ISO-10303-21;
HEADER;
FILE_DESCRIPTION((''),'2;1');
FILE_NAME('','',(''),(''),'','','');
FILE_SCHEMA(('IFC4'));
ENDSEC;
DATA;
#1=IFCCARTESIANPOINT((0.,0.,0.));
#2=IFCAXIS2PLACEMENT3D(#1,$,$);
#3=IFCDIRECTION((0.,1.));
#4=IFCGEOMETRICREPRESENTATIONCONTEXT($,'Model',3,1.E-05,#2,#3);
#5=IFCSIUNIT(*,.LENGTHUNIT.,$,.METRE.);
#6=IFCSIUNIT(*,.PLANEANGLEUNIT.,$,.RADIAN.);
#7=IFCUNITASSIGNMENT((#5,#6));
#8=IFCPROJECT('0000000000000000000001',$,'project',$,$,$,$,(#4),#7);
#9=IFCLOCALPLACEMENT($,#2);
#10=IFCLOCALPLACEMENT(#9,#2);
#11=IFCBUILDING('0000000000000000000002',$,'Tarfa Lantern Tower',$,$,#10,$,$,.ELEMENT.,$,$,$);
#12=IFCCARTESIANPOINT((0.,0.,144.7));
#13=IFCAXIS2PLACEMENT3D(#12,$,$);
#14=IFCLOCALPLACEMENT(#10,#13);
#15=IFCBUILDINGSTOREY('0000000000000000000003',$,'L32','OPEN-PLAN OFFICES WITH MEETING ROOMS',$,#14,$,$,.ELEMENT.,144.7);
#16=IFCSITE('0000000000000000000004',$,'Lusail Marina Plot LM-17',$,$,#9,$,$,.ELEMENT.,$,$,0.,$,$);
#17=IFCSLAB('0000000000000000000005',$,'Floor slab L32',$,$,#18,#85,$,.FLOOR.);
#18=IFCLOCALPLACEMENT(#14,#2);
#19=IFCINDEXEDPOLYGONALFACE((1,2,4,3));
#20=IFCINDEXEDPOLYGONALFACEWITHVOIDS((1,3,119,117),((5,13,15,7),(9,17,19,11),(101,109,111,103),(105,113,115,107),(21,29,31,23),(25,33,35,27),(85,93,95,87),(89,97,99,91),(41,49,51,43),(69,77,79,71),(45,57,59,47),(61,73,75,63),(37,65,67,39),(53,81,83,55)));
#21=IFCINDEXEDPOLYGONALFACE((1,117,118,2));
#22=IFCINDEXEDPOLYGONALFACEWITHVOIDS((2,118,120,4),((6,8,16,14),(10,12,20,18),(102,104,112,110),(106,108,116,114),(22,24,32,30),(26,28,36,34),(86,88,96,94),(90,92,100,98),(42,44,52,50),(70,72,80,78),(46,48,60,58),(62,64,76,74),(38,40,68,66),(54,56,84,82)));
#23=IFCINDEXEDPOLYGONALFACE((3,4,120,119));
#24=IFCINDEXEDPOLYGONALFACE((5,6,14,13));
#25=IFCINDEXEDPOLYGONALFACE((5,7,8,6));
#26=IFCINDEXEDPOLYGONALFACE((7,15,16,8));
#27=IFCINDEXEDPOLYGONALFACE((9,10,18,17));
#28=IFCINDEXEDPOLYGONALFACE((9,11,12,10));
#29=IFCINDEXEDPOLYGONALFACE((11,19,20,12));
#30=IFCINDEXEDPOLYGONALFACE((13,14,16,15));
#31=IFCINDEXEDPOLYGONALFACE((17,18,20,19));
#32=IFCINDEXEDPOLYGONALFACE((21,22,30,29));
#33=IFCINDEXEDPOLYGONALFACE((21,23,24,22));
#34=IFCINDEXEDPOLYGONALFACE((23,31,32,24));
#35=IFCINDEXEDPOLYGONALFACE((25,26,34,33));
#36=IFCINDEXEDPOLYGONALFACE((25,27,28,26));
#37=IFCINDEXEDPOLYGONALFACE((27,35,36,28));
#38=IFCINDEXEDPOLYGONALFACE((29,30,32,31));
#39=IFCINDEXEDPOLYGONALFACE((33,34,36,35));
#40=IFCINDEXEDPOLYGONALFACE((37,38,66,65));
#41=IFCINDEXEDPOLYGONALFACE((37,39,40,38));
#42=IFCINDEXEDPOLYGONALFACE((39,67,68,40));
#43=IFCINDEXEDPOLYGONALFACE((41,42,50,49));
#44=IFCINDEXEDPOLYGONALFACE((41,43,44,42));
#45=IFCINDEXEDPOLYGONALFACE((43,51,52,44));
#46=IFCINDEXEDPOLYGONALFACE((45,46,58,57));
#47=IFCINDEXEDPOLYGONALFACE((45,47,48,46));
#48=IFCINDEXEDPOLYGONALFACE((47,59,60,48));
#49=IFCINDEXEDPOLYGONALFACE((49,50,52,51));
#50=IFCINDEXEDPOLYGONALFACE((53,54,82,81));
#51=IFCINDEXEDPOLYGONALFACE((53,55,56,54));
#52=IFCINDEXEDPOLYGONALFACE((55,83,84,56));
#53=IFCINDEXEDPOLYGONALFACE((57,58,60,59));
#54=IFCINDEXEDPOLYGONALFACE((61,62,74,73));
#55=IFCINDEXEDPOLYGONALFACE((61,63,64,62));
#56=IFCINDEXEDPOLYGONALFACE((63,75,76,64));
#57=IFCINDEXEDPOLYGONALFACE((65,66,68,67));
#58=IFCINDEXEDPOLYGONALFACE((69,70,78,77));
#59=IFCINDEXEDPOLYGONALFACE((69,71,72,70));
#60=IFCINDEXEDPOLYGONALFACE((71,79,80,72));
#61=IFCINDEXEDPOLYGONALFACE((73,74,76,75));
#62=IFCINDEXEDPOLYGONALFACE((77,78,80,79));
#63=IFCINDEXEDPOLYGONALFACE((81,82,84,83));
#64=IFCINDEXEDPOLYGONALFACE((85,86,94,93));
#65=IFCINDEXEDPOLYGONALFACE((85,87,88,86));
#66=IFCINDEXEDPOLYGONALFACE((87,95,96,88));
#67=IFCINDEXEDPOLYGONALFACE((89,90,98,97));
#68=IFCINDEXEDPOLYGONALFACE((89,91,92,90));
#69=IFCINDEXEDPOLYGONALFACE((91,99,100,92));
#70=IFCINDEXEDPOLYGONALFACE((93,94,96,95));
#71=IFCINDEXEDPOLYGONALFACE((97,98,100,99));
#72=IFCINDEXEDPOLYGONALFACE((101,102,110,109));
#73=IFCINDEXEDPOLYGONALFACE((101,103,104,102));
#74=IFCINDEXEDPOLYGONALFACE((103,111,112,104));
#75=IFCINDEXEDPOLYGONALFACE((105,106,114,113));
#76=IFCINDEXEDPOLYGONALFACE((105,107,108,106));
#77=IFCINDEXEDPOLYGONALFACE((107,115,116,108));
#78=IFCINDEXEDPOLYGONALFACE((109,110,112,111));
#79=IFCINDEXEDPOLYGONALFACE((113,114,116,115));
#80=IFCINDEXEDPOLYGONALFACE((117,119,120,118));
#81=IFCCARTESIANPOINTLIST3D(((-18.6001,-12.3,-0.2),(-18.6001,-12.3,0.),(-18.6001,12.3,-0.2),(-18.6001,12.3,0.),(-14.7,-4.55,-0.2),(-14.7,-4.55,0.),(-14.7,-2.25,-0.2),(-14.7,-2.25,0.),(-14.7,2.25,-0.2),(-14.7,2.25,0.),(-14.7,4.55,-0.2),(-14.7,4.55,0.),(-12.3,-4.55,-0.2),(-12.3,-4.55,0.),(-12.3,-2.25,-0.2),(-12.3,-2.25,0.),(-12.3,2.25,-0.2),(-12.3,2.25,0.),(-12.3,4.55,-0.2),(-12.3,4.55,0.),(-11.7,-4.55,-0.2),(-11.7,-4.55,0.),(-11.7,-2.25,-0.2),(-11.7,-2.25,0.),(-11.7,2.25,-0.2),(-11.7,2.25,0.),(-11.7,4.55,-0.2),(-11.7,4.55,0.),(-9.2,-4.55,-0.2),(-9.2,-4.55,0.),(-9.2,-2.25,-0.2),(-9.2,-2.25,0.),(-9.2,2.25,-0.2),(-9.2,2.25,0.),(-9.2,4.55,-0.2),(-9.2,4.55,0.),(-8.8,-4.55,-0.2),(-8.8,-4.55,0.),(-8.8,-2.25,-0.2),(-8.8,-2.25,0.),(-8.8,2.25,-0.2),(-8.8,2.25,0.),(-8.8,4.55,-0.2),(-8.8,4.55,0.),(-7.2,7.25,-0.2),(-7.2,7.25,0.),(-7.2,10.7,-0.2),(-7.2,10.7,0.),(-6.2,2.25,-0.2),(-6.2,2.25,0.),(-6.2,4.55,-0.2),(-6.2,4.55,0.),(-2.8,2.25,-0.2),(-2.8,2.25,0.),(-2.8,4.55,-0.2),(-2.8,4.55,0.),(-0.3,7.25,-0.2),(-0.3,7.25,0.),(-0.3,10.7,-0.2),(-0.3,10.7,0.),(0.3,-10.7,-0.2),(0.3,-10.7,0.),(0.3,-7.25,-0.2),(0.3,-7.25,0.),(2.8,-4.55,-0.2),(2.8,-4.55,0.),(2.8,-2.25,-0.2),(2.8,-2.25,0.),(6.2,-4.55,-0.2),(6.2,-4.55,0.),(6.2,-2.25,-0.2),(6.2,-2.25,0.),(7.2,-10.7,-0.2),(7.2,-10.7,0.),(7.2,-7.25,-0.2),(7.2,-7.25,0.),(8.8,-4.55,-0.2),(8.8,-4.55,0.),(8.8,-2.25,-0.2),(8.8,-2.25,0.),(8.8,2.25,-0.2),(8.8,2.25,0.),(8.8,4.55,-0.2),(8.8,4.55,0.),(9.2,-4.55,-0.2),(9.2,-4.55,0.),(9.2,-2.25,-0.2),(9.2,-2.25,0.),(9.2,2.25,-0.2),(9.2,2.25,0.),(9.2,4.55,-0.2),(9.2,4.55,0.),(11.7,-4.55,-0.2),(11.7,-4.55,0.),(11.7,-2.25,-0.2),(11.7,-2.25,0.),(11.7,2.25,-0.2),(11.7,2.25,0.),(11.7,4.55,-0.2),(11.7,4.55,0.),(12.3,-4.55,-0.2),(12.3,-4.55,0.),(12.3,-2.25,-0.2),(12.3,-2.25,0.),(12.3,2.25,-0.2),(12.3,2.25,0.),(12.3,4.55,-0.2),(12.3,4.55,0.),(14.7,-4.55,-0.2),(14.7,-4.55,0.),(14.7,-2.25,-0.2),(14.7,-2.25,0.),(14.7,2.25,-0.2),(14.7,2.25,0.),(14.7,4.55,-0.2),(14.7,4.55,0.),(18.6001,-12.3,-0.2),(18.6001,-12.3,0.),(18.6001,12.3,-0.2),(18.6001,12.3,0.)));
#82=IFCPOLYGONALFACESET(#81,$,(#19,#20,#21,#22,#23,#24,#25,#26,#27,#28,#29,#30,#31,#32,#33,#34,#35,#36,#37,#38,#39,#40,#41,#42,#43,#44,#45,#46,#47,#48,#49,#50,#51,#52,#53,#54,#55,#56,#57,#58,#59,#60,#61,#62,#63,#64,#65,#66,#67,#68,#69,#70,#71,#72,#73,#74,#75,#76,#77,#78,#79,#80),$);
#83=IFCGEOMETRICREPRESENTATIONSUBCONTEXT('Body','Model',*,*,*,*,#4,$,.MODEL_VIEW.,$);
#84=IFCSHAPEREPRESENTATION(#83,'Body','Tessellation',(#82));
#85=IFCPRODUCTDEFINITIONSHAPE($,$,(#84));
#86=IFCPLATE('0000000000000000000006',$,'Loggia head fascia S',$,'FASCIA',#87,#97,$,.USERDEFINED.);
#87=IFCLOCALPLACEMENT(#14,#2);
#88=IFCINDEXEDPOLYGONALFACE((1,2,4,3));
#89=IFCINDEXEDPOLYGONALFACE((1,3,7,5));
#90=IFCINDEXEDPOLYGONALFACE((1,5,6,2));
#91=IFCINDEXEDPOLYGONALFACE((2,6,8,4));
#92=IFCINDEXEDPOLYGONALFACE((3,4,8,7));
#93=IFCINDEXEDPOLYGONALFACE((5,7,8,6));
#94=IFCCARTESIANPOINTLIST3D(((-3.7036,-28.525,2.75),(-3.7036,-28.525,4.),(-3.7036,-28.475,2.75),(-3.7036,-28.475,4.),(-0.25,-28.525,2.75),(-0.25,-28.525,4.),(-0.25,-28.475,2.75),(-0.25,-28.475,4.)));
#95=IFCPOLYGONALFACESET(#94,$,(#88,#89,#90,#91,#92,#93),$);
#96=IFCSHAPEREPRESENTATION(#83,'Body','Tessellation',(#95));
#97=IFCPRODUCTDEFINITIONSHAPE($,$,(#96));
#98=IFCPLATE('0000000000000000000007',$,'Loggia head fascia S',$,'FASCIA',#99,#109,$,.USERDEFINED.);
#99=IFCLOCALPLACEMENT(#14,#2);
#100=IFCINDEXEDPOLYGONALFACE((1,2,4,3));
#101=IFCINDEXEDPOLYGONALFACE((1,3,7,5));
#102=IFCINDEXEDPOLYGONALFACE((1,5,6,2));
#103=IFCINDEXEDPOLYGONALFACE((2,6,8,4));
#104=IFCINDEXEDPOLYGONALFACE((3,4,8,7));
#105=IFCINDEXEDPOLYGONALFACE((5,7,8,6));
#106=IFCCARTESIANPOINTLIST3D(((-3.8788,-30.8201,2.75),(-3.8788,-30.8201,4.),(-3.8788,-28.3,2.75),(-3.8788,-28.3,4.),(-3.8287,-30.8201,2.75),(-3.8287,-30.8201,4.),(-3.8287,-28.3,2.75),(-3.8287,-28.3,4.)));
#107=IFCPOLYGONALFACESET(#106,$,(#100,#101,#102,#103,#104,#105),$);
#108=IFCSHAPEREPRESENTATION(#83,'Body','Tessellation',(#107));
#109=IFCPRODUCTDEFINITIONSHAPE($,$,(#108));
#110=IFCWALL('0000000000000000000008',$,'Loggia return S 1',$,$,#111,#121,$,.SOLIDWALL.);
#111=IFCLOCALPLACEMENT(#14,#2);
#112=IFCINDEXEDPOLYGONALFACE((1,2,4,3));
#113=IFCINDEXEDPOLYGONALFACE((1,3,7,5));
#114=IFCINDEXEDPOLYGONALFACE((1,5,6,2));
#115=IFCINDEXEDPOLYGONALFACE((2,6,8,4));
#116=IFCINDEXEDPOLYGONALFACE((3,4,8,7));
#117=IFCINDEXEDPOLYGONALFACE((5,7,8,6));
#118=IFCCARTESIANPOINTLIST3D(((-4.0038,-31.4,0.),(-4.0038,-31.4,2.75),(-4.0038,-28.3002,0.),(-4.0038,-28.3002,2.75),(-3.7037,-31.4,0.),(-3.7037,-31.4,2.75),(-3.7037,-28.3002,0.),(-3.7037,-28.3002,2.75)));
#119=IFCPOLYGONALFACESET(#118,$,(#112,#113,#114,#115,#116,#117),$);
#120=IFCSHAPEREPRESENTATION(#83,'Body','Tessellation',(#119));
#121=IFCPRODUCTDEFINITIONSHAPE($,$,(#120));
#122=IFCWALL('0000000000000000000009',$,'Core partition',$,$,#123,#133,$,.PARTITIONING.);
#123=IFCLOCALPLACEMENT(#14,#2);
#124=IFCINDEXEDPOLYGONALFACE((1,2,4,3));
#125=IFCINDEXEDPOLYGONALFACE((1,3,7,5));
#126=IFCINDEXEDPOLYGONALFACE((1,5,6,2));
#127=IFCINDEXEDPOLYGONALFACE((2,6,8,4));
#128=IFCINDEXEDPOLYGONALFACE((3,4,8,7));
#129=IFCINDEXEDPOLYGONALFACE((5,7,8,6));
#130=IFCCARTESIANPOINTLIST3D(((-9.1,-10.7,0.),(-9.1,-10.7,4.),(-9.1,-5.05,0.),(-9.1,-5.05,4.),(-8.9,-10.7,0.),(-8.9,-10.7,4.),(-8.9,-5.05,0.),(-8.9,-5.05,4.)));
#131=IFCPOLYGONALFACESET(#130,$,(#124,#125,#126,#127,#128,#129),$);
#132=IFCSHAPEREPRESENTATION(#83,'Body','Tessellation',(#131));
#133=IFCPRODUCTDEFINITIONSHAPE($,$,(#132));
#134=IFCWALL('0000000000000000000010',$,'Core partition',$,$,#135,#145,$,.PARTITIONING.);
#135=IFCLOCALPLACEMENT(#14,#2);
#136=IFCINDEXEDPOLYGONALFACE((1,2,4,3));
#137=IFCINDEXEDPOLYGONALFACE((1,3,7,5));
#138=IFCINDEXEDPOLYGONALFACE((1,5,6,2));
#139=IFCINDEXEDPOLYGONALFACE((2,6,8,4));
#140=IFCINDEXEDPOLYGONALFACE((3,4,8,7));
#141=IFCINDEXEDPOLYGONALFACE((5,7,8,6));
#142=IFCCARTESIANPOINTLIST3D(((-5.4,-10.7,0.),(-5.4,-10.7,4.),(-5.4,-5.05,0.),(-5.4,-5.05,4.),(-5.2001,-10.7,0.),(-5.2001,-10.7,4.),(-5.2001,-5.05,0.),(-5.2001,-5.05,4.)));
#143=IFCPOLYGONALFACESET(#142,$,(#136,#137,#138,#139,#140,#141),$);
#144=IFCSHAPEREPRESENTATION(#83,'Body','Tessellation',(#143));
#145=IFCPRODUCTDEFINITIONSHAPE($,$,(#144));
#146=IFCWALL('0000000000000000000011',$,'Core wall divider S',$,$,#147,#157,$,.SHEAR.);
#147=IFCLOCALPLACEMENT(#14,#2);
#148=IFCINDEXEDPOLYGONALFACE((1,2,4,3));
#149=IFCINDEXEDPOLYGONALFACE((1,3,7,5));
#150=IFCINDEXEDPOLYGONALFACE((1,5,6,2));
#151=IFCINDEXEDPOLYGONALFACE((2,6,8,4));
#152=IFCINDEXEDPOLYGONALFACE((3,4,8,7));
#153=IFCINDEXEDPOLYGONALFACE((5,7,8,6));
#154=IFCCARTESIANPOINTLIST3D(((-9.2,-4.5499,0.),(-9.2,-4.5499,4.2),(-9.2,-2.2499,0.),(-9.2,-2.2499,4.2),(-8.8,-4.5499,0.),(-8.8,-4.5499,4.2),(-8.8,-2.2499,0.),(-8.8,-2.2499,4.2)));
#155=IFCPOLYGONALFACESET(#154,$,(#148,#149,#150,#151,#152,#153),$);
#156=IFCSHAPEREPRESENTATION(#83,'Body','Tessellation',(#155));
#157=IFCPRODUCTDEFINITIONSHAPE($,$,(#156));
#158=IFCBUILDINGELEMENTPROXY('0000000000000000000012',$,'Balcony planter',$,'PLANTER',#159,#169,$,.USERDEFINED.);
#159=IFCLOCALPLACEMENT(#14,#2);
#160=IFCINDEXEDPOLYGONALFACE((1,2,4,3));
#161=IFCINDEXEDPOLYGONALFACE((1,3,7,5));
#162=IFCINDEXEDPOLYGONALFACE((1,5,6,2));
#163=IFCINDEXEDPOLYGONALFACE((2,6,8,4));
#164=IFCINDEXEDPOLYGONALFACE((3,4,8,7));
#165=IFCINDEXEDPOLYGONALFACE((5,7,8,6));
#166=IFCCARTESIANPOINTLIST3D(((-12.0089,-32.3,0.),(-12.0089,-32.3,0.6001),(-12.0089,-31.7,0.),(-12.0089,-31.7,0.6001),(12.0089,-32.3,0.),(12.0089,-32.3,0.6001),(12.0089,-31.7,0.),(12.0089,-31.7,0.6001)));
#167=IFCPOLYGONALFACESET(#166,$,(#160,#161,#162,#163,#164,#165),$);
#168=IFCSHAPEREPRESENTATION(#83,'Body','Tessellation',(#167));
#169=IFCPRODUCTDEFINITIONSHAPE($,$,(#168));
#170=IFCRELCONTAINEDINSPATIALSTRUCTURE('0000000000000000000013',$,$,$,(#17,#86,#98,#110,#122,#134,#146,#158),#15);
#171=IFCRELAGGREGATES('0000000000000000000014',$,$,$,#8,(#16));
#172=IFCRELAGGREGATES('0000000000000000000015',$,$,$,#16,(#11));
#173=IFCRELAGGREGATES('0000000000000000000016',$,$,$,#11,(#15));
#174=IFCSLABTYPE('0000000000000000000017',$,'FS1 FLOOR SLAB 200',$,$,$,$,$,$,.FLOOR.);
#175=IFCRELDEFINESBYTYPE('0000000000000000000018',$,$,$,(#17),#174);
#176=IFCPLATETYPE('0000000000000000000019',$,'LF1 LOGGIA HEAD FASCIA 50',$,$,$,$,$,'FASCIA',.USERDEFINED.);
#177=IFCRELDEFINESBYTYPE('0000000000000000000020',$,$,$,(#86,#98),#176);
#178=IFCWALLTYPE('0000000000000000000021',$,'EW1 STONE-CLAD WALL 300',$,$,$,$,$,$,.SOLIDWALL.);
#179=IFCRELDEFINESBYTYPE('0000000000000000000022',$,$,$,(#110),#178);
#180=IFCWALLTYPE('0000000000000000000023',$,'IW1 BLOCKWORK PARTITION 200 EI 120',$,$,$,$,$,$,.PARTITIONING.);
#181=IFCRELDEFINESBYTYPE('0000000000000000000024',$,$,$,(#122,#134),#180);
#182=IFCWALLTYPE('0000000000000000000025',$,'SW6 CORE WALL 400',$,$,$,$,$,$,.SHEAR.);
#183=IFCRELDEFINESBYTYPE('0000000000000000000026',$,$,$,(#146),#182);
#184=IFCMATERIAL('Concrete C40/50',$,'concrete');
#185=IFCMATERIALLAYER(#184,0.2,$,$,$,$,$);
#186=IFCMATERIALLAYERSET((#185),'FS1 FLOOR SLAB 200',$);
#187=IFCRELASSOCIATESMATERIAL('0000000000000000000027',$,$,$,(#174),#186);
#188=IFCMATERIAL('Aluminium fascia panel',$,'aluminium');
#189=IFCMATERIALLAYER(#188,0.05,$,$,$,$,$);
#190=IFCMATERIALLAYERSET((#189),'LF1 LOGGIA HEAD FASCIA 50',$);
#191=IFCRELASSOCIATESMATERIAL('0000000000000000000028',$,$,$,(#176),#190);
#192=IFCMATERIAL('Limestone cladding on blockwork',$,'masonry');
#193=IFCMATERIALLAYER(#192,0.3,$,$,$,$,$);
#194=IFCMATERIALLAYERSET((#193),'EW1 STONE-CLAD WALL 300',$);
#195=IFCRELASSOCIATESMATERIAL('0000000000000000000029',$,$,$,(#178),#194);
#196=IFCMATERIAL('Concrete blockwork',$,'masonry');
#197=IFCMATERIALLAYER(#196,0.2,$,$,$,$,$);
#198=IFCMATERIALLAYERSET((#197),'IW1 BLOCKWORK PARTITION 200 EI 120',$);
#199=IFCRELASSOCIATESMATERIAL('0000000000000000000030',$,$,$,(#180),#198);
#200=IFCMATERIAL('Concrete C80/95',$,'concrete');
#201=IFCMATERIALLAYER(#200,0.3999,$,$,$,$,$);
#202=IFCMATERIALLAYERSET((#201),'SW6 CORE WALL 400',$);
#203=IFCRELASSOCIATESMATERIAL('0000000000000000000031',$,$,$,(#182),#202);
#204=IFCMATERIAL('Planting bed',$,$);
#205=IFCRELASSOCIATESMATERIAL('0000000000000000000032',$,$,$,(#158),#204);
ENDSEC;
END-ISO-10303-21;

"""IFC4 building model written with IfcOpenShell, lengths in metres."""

from ifc_helpers import new_model, si_unit, direction, frame, frame_2d, origin, origin_2d, place, context, subcontext, project, spatial, polyline, rectangle, outline, extrude, material, layer, layer_set, type_object, element, save


model = new_model("IFC4")

# Units and contexts
model_context = context("Model", 3, precision=1e-05, world=origin(), true_north=direction((0.0, 1.0)))
body_context = subcontext(model_context, "Body", "Model", "MODEL_VIEW")
ifc_project = project(units=[si_unit("LENGTHUNIT", "METRE"), si_unit("PLANEANGLEUNIT", "RADIAN")], contexts=[model_context])

# Site, building, storey
site_placement = place(None, origin())
site = spatial("IfcSite", under=ifc_project, at=site_placement, Name="Lusail Marina Plot LM-17", CompositionType="ELEMENT", RefElevation=0.0)
building_placement = place(site_placement, origin())
building = spatial("IfcBuilding", under=site, at=building_placement, Name="Tarfa Lantern Tower", CompositionType="ELEMENT")
storey_placement = place(building_placement, frame((0.0, 0.0, 144.7)))
storey = spatial("IfcBuildingStorey", under=building, at=storey_placement, Name="L32", Description="OPEN-PLAN OFFICES WITH MEETING ROOMS", CompositionType="ELEMENT", Elevation=144.7)

# Shared definitions
ifc_material_1 = material(Name="Concrete C80/95", Category="concrete")

# Slab
ifc_material_2 = material(Name="Concrete C40/50", Category="concrete")
ifc_layer_1 = layer(ifc_material_2, 0.2)
ifc_layer_set_1 = layer_set([ifc_layer_1], Name="FS1 FLOOR SLAB 200")
slab_type = type_object("IfcSlabType", Name="FS1 FLOOR SLAB 200", PredefinedType="FLOOR", material=ifc_layer_set_1)
slab_placement = place(storey_placement, frame((0.0, 0.0, -0.2)))
element("IfcSlab", 1, at=slab_placement, inside=storey, type_object=slab_type, Name="Floor slab L32", PredefinedType="FLOOR", context=body_context, shape_type="SweptSolid", body=[
    extrude(outline(polyline([(-18.6001, -12.3), (18.6001, -12.3), (18.6001, 12.3), (-18.6001, 12.3), (-18.6001, -12.3)]), holes=[polyline([(-14.7, 2.25), (-12.3, 2.25), (-12.3, 4.55), (-14.7, 4.55), (-14.7, 2.25)]), polyline([(-11.7, 2.25), (-9.2, 2.25), (-9.2, 4.55), (-11.7, 4.55), (-11.7, 2.25)]), polyline([(-8.8, 2.25), (-6.2, 2.25), (-6.2, 4.55), (-8.8, 4.55), (-8.8, 2.25)]), polyline([(-2.8, 2.25), (8.8, 2.25), (8.8, 4.55), (-2.8, 4.55), (-2.8, 2.25)]), polyline([(9.2, 2.25), (11.7, 2.25), (11.7, 4.55), (9.2, 4.55), (9.2, 2.25)]), polyline([(12.3, 2.25), (14.7, 2.25), (14.7, 4.55), (12.3, 4.55), (12.3, 2.25)]), polyline([(14.7, -2.25), (12.3, -2.25), (12.3, -4.55), (14.7, -4.55), (14.7, -2.25)]), polyline([(11.7, -2.25), (9.2, -2.25), (9.2, -4.55), (11.7, -4.55), (11.7, -2.25)]), polyline([(8.8, -2.25), (6.2, -2.25), (6.2, -4.55), (8.8, -4.55), (8.8, -2.25)]), polyline([(2.8, -2.25), (-8.8, -2.25), (-8.8, -4.55), (2.8, -4.55), (2.8, -2.25)]), polyline([(-9.2, -2.25), (-11.7, -2.25), (-11.7, -4.55), (-9.2, -4.55), (-9.2, -2.25)]), polyline([(-12.3, -2.25), (-14.7, -2.25), (-14.7, -4.55), (-12.3, -4.55), (-12.3, -2.25)]), polyline([(-7.2, 7.25), (-0.3, 7.25), (-0.3, 10.7), (-7.2, 10.7), (-7.2, 7.25)]), polyline([(7.2, -7.25), (0.3, -7.25), (0.3, -10.7), (7.2, -10.7), (7.2, -7.25)])]), origin(), (0.0, 0.0, 1.0), 0.2),
])

# Plates
ifc_material_3 = material(Name="Aluminium fascia panel", Category="aluminium")
ifc_layer_2 = layer(ifc_material_3, 0.05)
ifc_layer_set_2 = layer_set([ifc_layer_2], Name="LF1 LOGGIA HEAD FASCIA 50")
plate_type_1 = type_object("IfcPlateType", Name="LF1 LOGGIA HEAD FASCIA 50", ElementType="FASCIA", PredefinedType="USERDEFINED", material=ifc_layer_set_2)
plate_1_placement = place(storey_placement, frame((-1.9768, -28.5, 2.75), z_axis=(0.0, 0.0, 1.0), x_axis=(1.0, 0.0, 0.0)))
element("IfcPlate", 2, at=plate_1_placement, inside=storey, type_object=plate_type_1, Name="Loggia head fascia S", ObjectType="FASCIA", PredefinedType="USERDEFINED", context=body_context, shape_type="SweptSolid", body=[
    extrude(rectangle(XDim=3.4536, YDim=0.05, at=origin_2d()), origin(), (0.0, 0.0, 1.0), 1.25),
])
plate_2_placement = place(storey_placement, frame((-3.8538, -29.5601, 2.75), z_axis=(0.0, 0.0, 1.0), x_axis=(0.0, 1.0, 0.0)))
element("IfcPlate", 3, at=plate_2_placement, inside=storey, type_object=plate_type_1, Name="Loggia head fascia S", ObjectType="FASCIA", PredefinedType="USERDEFINED", context=body_context, shape_type="SweptSolid", body=[
    extrude(rectangle(XDim=2.52, YDim=0.05, at=origin_2d()), origin(), (0.0, 0.0, 1.0), 1.25),
])

# Walls
ifc_material_4 = material(Name="Limestone cladding on blockwork", Category="masonry")
ifc_layer_3 = layer(ifc_material_4, 0.3)
ifc_layer_set_3 = layer_set([ifc_layer_3], Name="EW1 STONE-CLAD WALL 300")
wall_type_1 = type_object("IfcWallType", Name="EW1 STONE-CLAD WALL 300", PredefinedType="SOLIDWALL", material=ifc_layer_set_3)
wall_1_placement = place(storey_placement, frame((-3.8538, -31.3999, 0.0), z_axis=(0.0, 0.0, 1.0), x_axis=(0.0, 1.0, 0.0)))
element("IfcWall", 4, at=wall_1_placement, inside=storey, type_object=wall_type_1, Name="Loggia return S 1", PredefinedType="SOLIDWALL", context=body_context, shape_type="SweptSolid", body=[
    extrude(rectangle(XDim=3.0999, YDim=0.3, at=frame_2d((1.5498, 0.0))), origin(), (0.0, 0.0, 1.0), 2.75),
])
ifc_material_5 = material(Name="Concrete blockwork", Category="masonry")
ifc_layer_4 = layer(ifc_material_5, 0.2)
ifc_layer_set_4 = layer_set([ifc_layer_4], Name="IW1 BLOCKWORK PARTITION 200 EI 120")
wall_type_2 = type_object("IfcWallType", Name="IW1 BLOCKWORK PARTITION 200 EI 120", PredefinedType="PARTITIONING", material=ifc_layer_set_4)
for number, where, z_axis, x_axis, name in (
    (5, (-9.0, -5.05, 0.0), (0.0, 0.0, 1.0), (0.0, -1.0, 0.0), "Core partition"),
    (6, (-5.3, -5.05, 0.0), (0.0, 0.0, 1.0), (0.0, -1.0, 0.0), "Core partition"),
):
    element("IfcWall", number, at=place(storey_placement, frame(where, z_axis=z_axis, x_axis=x_axis)), inside=storey, type_object=wall_type_2, Name=name, PredefinedType="PARTITIONING", context=body_context, shape_type="SweptSolid", body=[
        extrude(rectangle(XDim=5.6499, YDim=0.2, at=frame_2d((2.825, 0.0))), origin(), (0.0, 0.0, 1.0), 4.0),
    ])
ifc_layer_5 = layer(ifc_material_1, 0.3999)
ifc_layer_set_5 = layer_set([ifc_layer_5], Name="SW6 CORE WALL 400")
wall_type_3 = type_object("IfcWallType", Name="SW6 CORE WALL 400", PredefinedType="SHEAR", material=ifc_layer_set_5)
wall_2_placement = place(storey_placement, frame((-9.0, -2.25, 0.0), z_axis=(0.0, 0.0, 1.0), x_axis=(0.0, -1.0, 0.0)))
element("IfcWall", 7, at=wall_2_placement, inside=storey, type_object=wall_type_3, Name="Core wall divider S", PredefinedType="SHEAR", context=body_context, shape_type="SweptSolid", body=[
    extrude(rectangle(XDim=2.3, YDim=0.3999, at=frame_2d((1.1499, 0.0))), origin(), (0.0, 0.0, 1.0), 4.2),
])

# Building element proxy
ifc_material_6 = material(Name="Planting bed")
proxy_placement = place(storey_placement, frame((0.0, -32.0, 0.0), z_axis=(0.0, 0.0, 1.0), x_axis=(1.0, 0.0, 0.0)))
element("IfcBuildingElementProxy", 8, at=proxy_placement, inside=storey, material=ifc_material_6, Name="Balcony planter", ObjectType="PLANTER", PredefinedType="USERDEFINED", context=body_context, shape_type="SweptSolid", body=[
    extrude(rectangle(XDim=24.0178, YDim=0.6001, at=origin_2d()), origin(), (0.0, 0.0, 1.0), 0.6001),
])

save(model, "model.ifc")
